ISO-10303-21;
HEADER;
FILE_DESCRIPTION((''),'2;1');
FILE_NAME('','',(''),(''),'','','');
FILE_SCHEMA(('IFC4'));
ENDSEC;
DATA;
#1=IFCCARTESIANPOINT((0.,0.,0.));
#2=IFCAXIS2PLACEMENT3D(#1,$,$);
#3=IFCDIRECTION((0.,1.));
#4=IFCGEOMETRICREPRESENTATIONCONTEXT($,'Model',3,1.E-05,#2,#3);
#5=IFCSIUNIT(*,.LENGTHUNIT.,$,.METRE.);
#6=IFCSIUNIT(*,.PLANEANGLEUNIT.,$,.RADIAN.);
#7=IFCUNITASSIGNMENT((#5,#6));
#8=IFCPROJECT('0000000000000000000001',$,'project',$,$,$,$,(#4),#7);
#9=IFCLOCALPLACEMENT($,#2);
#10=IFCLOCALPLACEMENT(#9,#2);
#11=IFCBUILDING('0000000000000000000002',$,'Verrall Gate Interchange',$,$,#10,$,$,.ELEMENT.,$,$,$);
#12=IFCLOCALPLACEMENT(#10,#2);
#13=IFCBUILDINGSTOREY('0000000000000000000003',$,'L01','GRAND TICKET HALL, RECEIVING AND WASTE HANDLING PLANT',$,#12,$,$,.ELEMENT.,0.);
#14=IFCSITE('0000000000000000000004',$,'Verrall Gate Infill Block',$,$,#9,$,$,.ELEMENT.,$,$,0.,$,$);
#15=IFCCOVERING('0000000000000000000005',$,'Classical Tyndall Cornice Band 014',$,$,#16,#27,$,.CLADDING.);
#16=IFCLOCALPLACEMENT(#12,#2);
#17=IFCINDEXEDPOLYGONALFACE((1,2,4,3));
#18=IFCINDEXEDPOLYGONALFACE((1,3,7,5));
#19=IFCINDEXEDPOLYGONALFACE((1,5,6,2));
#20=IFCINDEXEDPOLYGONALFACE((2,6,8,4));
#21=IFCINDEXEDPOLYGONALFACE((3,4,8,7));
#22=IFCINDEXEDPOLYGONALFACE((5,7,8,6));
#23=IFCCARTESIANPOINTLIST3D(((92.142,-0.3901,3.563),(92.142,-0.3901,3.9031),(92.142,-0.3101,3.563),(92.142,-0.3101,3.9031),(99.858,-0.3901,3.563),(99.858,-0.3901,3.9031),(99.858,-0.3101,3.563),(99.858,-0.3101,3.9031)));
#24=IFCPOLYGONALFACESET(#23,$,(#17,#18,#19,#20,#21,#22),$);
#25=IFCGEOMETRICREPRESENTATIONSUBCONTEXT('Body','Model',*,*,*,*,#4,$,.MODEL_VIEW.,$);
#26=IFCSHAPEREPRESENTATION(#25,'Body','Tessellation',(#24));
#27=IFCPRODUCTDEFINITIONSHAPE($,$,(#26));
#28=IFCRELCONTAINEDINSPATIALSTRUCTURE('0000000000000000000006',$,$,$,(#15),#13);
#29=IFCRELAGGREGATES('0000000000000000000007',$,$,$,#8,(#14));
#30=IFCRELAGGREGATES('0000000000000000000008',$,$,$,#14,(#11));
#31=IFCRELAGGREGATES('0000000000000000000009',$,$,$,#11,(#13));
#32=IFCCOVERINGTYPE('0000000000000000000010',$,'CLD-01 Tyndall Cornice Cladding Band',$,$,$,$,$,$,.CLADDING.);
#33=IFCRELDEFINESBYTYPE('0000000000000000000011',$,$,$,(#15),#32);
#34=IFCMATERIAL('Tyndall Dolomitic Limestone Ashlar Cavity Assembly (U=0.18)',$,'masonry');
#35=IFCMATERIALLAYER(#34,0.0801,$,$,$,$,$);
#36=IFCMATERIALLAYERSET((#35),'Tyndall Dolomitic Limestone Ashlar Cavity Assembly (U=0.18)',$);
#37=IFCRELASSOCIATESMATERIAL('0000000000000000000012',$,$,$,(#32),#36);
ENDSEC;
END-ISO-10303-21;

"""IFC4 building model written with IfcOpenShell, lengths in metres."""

from ifc_helpers import new_model, si_unit, direction, frame, origin, origin_2d, place, context, subcontext, project, spatial, rectangle, extrude, material, layer, layer_set, type_object, element, save


model = new_model("IFC4")

# Units and contexts
model_context = context("Model", 3, precision=1e-05, world=origin(), true_north=direction((0.0, 1.0)))
body_context = subcontext(model_context, "Body", "Model", "MODEL_VIEW")
ifc_project = project(units=[si_unit("LENGTHUNIT", "METRE"), si_unit("PLANEANGLEUNIT", "RADIAN")], contexts=[model_context])

# Site, building, storey
site_placement = place(None, origin())
site = spatial("IfcSite", under=ifc_project, at=site_placement, Name="Verrall Gate Infill Block", CompositionType="ELEMENT", RefElevation=0.0)
building_placement = place(site_placement, origin())
building = spatial("IfcBuilding", under=site, at=building_placement, Name="Verrall Gate Interchange", CompositionType="ELEMENT")
storey_placement = place(building_placement, origin())
storey = spatial("IfcBuildingStorey", under=building, at=storey_placement, Name="L01", Description="GRAND TICKET HALL, RECEIVING AND WASTE HANDLING PLANT", CompositionType="ELEMENT", Elevation=0.0)

# Covering
ifc_material_1 = material(Name="Tyndall Dolomitic Limestone Ashlar Cavity Assembly (U=0.18)", Category="masonry")
ifc_layer_1 = layer(ifc_material_1, 0.0801)
ifc_layer_set_1 = layer_set([ifc_layer_1], Name="Tyndall Dolomitic Limestone Ashlar Cavity Assembly (U=0.18)")
covering_type = type_object("IfcCoveringType", Name="CLD-01 Tyndall Cornice Cladding Band", PredefinedType="CLADDING", material=ifc_layer_set_1)
covering_placement = place(storey_placement, frame((96.0, -0.3501, 3.563), z_axis=(0.0, 0.0, 1.0), x_axis=(1.0, 0.0, 0.0)))
element("IfcCovering", 1, at=covering_placement, inside=storey, type_object=covering_type, Name="Classical Tyndall Cornice Band 014", PredefinedType="CLADDING", context=body_context, shape_type="SweptSolid", body=[
    extrude(rectangle(XDim=7.7161, YDim=0.0801, at=origin_2d()), origin(), (0.0, 0.0, 1.0), 0.3401),
])

save(model, "model.ifc")
